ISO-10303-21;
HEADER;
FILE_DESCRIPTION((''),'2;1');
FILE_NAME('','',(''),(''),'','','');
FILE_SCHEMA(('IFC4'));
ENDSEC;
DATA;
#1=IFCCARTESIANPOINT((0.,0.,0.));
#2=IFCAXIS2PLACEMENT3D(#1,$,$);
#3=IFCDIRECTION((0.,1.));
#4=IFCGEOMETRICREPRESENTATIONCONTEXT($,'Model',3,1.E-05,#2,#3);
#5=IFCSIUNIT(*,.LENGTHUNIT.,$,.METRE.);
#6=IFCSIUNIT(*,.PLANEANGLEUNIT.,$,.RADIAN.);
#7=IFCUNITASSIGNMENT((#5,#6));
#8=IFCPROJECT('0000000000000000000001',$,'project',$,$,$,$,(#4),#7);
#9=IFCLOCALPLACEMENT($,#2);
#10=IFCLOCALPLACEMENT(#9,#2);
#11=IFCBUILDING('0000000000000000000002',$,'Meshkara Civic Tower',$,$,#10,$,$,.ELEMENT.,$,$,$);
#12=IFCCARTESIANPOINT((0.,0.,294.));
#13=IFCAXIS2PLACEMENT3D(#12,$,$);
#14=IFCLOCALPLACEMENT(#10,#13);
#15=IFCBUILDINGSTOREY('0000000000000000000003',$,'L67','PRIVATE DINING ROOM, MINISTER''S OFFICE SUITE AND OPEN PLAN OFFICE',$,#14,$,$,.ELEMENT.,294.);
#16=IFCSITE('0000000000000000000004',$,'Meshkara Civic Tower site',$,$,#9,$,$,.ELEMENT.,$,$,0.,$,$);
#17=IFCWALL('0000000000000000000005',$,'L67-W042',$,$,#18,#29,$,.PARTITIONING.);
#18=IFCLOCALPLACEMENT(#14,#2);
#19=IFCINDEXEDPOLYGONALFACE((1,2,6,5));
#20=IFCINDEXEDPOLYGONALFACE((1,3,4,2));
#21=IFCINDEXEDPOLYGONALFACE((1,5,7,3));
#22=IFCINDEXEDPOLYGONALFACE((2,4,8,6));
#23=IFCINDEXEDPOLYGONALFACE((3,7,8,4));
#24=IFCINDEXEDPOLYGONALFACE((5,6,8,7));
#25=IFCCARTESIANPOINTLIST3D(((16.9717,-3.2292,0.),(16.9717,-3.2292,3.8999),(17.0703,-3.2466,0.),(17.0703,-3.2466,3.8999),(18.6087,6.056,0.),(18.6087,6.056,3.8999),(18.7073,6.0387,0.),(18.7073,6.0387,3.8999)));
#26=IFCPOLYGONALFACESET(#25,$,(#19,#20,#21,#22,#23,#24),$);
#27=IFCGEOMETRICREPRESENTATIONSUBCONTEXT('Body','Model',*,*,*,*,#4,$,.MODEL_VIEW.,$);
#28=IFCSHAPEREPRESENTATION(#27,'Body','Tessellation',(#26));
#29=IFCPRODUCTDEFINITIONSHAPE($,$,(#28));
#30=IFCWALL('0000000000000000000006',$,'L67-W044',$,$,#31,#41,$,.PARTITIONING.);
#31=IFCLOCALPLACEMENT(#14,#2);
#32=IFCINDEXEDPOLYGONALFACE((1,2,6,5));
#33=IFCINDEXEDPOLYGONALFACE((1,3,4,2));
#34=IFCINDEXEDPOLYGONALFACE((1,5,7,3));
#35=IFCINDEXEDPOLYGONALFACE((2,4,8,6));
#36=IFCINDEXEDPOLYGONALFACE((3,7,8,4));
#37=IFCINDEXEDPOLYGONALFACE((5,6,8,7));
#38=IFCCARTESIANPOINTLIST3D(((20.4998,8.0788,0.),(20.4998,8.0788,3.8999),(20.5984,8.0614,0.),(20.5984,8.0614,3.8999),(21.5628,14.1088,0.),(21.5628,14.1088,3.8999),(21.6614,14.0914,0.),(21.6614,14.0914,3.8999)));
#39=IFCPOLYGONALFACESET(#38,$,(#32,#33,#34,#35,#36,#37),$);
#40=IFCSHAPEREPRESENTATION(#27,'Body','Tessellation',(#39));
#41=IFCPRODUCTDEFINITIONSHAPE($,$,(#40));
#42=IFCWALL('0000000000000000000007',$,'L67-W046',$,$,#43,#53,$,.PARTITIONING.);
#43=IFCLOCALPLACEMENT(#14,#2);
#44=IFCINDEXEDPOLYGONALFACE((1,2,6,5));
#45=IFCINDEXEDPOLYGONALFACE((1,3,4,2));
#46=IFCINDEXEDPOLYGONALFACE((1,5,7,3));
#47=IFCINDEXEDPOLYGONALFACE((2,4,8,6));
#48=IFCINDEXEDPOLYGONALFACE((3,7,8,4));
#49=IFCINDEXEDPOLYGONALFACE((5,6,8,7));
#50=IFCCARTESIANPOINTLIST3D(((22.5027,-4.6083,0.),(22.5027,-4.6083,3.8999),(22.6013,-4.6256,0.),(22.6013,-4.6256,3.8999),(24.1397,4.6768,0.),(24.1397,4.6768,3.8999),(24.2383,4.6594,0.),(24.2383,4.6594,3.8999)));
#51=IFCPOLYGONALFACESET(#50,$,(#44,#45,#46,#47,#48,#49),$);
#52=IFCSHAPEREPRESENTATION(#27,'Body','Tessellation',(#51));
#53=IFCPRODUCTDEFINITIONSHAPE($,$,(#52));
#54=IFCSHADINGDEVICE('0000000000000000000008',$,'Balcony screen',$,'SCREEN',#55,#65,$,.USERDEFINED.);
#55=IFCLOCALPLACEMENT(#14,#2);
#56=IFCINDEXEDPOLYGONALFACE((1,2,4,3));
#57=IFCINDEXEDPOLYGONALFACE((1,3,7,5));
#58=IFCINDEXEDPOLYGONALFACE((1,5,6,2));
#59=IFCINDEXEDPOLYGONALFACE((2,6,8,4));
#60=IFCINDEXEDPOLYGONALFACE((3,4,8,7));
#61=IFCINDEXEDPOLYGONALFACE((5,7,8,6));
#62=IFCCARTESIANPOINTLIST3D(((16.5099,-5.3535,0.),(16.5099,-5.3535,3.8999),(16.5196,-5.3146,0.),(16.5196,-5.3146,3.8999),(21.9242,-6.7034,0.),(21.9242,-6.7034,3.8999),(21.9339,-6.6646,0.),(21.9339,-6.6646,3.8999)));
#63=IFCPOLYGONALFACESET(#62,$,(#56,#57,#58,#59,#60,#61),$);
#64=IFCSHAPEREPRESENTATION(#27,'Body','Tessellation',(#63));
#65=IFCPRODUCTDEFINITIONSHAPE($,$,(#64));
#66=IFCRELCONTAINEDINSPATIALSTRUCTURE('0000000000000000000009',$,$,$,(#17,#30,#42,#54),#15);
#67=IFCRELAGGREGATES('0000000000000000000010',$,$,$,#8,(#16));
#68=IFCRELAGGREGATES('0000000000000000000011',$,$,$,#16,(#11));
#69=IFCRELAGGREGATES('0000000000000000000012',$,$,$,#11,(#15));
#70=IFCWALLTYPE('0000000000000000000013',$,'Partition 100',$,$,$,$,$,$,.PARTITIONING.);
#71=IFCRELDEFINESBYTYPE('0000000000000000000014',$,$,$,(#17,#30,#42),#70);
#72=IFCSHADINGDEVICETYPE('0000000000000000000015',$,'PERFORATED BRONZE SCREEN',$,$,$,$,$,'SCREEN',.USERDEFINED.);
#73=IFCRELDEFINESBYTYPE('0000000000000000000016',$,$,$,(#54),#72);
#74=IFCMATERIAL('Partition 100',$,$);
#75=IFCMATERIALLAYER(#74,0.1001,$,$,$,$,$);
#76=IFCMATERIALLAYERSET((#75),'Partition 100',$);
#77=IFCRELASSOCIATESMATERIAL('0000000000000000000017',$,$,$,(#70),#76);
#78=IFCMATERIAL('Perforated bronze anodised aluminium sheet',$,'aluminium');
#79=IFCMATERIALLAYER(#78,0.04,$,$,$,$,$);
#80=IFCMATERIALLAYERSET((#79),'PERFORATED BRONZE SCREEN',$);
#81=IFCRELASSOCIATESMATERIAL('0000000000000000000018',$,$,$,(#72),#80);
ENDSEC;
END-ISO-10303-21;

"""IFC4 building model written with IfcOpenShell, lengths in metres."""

from ifc_helpers import new_model, si_unit, direction, frame, frame_2d, origin, origin_2d, place, context, subcontext, project, spatial, rectangle, extrude, material, layer, layer_set, type_object, element, save


model = new_model("IFC4")

# Units and contexts
model_context = context("Model", 3, precision=1e-05, world=origin(), true_north=direction((0.0, 1.0)))
body_context = subcontext(model_context, "Body", "Model", "MODEL_VIEW")
ifc_project = project(units=[si_unit("LENGTHUNIT", "METRE"), si_unit("PLANEANGLEUNIT", "RADIAN")], contexts=[model_context])

# Site, building, storey
site_placement = place(None, origin())
site = spatial("IfcSite", under=ifc_project, at=site_placement, Name="Meshkara Civic Tower site", CompositionType="ELEMENT", RefElevation=0.0)
building_placement = place(site_placement, origin())
building = spatial("IfcBuilding", under=site, at=building_placement, Name="Meshkara Civic Tower", CompositionType="ELEMENT")
storey_placement = place(building_placement, frame((0.0, 0.0, 294.0)))
storey = spatial("IfcBuildingStorey", under=building, at=storey_placement, Name="L67", Description="PRIVATE DINING ROOM, MINISTER'S OFFICE SUITE AND OPEN PLAN OFFICE", CompositionType="ELEMENT", Elevation=294.0)

# Walls
ifc_material_1 = material(Name="Partition 100")
ifc_layer_1 = layer(ifc_material_1, 0.1001)
ifc_layer_set_1 = layer_set([ifc_layer_1], Name="Partition 100")
wall_type_1 = type_object("IfcWallType", Name="Partition 100", PredefinedType="PARTITIONING", material=ifc_layer_set_1)
wall_1_placement = place(storey_placement, frame((17.021, -3.238, 0.0), z_axis=(0.0, 0.0, 1.0), x_axis=(0.173621, 0.984812, 0.0)))
element("IfcWall", 1, at=wall_1_placement, inside=storey, type_object=wall_type_1, Name="L67-W042", PredefinedType="PARTITIONING", context=body_context, shape_type="SweptSolid", body=[
    extrude(rectangle(XDim=9.4285, YDim=0.1001, at=frame_2d((4.7144, 0.0))), origin(), (0.0, 0.0, 1.0), 3.8999),
])
wall_2_placement = place(storey_placement, frame((20.5491, 8.0701, 0.0), z_axis=(0.0, 0.0, 1.0), x_axis=(0.173606, 0.984815, 0.0)))
element("IfcWall", 2, at=wall_2_placement, inside=storey, type_object=wall_type_1, Name="L67-W044", PredefinedType="PARTITIONING", context=body_context, shape_type="SweptSolid", body=[
    extrude(rectangle(XDim=6.123, YDim=0.1001, at=frame_2d((3.0615, 0.0))), origin(), (0.0, 0.0, 1.0), 3.8999),
])
wall_3_placement = place(storey_placement, frame((22.552, -4.6169, 0.0), z_axis=(0.0, 0.0, 1.0), x_axis=(0.173626, 0.984812, 0.0)))
element("IfcWall", 3, at=wall_3_placement, inside=storey, type_object=wall_type_1, Name="L67-W046", PredefinedType="PARTITIONING", context=body_context, shape_type="SweptSolid", body=[
    extrude(rectangle(XDim=9.4282, YDim=0.1001, at=frame_2d((4.7141, 0.0))), origin(), (0.0, 0.0, 1.0), 3.8999),
])

# Shading device
ifc_material_2 = material(Name="Perforated bronze anodised aluminium sheet", Category="aluminium")
ifc_layer_2 = layer(ifc_material_2, 0.04)
ifc_layer_set_2 = layer_set([ifc_layer_2], Name="PERFORATED BRONZE SCREEN")
shading_device_type = type_object("IfcShadingDeviceType", Name="PERFORATED BRONZE SCREEN", ElementType="SCREEN", PredefinedType="USERDEFINED", material=ifc_layer_set_2)
shading_device_placement = place(storey_placement, frame((19.2219, -6.009, 0.0), z_axis=(0.0, 0.0, 1.0), x_axis=(0.970296, -0.241922, 0.0)))
element("IfcShadingDevice", 4, at=shading_device_placement, inside=storey, type_object=shading_device_type, Name="Balcony screen", ObjectType="SCREEN", PredefinedType="USERDEFINED", context=body_context, shape_type="SweptSolid", body=[
    extrude(rectangle(XDim=5.5801, YDim=0.04, at=origin_2d()), origin(), (0.0, 0.0, 1.0), 3.8999),
])

save(model, "model.ifc")
